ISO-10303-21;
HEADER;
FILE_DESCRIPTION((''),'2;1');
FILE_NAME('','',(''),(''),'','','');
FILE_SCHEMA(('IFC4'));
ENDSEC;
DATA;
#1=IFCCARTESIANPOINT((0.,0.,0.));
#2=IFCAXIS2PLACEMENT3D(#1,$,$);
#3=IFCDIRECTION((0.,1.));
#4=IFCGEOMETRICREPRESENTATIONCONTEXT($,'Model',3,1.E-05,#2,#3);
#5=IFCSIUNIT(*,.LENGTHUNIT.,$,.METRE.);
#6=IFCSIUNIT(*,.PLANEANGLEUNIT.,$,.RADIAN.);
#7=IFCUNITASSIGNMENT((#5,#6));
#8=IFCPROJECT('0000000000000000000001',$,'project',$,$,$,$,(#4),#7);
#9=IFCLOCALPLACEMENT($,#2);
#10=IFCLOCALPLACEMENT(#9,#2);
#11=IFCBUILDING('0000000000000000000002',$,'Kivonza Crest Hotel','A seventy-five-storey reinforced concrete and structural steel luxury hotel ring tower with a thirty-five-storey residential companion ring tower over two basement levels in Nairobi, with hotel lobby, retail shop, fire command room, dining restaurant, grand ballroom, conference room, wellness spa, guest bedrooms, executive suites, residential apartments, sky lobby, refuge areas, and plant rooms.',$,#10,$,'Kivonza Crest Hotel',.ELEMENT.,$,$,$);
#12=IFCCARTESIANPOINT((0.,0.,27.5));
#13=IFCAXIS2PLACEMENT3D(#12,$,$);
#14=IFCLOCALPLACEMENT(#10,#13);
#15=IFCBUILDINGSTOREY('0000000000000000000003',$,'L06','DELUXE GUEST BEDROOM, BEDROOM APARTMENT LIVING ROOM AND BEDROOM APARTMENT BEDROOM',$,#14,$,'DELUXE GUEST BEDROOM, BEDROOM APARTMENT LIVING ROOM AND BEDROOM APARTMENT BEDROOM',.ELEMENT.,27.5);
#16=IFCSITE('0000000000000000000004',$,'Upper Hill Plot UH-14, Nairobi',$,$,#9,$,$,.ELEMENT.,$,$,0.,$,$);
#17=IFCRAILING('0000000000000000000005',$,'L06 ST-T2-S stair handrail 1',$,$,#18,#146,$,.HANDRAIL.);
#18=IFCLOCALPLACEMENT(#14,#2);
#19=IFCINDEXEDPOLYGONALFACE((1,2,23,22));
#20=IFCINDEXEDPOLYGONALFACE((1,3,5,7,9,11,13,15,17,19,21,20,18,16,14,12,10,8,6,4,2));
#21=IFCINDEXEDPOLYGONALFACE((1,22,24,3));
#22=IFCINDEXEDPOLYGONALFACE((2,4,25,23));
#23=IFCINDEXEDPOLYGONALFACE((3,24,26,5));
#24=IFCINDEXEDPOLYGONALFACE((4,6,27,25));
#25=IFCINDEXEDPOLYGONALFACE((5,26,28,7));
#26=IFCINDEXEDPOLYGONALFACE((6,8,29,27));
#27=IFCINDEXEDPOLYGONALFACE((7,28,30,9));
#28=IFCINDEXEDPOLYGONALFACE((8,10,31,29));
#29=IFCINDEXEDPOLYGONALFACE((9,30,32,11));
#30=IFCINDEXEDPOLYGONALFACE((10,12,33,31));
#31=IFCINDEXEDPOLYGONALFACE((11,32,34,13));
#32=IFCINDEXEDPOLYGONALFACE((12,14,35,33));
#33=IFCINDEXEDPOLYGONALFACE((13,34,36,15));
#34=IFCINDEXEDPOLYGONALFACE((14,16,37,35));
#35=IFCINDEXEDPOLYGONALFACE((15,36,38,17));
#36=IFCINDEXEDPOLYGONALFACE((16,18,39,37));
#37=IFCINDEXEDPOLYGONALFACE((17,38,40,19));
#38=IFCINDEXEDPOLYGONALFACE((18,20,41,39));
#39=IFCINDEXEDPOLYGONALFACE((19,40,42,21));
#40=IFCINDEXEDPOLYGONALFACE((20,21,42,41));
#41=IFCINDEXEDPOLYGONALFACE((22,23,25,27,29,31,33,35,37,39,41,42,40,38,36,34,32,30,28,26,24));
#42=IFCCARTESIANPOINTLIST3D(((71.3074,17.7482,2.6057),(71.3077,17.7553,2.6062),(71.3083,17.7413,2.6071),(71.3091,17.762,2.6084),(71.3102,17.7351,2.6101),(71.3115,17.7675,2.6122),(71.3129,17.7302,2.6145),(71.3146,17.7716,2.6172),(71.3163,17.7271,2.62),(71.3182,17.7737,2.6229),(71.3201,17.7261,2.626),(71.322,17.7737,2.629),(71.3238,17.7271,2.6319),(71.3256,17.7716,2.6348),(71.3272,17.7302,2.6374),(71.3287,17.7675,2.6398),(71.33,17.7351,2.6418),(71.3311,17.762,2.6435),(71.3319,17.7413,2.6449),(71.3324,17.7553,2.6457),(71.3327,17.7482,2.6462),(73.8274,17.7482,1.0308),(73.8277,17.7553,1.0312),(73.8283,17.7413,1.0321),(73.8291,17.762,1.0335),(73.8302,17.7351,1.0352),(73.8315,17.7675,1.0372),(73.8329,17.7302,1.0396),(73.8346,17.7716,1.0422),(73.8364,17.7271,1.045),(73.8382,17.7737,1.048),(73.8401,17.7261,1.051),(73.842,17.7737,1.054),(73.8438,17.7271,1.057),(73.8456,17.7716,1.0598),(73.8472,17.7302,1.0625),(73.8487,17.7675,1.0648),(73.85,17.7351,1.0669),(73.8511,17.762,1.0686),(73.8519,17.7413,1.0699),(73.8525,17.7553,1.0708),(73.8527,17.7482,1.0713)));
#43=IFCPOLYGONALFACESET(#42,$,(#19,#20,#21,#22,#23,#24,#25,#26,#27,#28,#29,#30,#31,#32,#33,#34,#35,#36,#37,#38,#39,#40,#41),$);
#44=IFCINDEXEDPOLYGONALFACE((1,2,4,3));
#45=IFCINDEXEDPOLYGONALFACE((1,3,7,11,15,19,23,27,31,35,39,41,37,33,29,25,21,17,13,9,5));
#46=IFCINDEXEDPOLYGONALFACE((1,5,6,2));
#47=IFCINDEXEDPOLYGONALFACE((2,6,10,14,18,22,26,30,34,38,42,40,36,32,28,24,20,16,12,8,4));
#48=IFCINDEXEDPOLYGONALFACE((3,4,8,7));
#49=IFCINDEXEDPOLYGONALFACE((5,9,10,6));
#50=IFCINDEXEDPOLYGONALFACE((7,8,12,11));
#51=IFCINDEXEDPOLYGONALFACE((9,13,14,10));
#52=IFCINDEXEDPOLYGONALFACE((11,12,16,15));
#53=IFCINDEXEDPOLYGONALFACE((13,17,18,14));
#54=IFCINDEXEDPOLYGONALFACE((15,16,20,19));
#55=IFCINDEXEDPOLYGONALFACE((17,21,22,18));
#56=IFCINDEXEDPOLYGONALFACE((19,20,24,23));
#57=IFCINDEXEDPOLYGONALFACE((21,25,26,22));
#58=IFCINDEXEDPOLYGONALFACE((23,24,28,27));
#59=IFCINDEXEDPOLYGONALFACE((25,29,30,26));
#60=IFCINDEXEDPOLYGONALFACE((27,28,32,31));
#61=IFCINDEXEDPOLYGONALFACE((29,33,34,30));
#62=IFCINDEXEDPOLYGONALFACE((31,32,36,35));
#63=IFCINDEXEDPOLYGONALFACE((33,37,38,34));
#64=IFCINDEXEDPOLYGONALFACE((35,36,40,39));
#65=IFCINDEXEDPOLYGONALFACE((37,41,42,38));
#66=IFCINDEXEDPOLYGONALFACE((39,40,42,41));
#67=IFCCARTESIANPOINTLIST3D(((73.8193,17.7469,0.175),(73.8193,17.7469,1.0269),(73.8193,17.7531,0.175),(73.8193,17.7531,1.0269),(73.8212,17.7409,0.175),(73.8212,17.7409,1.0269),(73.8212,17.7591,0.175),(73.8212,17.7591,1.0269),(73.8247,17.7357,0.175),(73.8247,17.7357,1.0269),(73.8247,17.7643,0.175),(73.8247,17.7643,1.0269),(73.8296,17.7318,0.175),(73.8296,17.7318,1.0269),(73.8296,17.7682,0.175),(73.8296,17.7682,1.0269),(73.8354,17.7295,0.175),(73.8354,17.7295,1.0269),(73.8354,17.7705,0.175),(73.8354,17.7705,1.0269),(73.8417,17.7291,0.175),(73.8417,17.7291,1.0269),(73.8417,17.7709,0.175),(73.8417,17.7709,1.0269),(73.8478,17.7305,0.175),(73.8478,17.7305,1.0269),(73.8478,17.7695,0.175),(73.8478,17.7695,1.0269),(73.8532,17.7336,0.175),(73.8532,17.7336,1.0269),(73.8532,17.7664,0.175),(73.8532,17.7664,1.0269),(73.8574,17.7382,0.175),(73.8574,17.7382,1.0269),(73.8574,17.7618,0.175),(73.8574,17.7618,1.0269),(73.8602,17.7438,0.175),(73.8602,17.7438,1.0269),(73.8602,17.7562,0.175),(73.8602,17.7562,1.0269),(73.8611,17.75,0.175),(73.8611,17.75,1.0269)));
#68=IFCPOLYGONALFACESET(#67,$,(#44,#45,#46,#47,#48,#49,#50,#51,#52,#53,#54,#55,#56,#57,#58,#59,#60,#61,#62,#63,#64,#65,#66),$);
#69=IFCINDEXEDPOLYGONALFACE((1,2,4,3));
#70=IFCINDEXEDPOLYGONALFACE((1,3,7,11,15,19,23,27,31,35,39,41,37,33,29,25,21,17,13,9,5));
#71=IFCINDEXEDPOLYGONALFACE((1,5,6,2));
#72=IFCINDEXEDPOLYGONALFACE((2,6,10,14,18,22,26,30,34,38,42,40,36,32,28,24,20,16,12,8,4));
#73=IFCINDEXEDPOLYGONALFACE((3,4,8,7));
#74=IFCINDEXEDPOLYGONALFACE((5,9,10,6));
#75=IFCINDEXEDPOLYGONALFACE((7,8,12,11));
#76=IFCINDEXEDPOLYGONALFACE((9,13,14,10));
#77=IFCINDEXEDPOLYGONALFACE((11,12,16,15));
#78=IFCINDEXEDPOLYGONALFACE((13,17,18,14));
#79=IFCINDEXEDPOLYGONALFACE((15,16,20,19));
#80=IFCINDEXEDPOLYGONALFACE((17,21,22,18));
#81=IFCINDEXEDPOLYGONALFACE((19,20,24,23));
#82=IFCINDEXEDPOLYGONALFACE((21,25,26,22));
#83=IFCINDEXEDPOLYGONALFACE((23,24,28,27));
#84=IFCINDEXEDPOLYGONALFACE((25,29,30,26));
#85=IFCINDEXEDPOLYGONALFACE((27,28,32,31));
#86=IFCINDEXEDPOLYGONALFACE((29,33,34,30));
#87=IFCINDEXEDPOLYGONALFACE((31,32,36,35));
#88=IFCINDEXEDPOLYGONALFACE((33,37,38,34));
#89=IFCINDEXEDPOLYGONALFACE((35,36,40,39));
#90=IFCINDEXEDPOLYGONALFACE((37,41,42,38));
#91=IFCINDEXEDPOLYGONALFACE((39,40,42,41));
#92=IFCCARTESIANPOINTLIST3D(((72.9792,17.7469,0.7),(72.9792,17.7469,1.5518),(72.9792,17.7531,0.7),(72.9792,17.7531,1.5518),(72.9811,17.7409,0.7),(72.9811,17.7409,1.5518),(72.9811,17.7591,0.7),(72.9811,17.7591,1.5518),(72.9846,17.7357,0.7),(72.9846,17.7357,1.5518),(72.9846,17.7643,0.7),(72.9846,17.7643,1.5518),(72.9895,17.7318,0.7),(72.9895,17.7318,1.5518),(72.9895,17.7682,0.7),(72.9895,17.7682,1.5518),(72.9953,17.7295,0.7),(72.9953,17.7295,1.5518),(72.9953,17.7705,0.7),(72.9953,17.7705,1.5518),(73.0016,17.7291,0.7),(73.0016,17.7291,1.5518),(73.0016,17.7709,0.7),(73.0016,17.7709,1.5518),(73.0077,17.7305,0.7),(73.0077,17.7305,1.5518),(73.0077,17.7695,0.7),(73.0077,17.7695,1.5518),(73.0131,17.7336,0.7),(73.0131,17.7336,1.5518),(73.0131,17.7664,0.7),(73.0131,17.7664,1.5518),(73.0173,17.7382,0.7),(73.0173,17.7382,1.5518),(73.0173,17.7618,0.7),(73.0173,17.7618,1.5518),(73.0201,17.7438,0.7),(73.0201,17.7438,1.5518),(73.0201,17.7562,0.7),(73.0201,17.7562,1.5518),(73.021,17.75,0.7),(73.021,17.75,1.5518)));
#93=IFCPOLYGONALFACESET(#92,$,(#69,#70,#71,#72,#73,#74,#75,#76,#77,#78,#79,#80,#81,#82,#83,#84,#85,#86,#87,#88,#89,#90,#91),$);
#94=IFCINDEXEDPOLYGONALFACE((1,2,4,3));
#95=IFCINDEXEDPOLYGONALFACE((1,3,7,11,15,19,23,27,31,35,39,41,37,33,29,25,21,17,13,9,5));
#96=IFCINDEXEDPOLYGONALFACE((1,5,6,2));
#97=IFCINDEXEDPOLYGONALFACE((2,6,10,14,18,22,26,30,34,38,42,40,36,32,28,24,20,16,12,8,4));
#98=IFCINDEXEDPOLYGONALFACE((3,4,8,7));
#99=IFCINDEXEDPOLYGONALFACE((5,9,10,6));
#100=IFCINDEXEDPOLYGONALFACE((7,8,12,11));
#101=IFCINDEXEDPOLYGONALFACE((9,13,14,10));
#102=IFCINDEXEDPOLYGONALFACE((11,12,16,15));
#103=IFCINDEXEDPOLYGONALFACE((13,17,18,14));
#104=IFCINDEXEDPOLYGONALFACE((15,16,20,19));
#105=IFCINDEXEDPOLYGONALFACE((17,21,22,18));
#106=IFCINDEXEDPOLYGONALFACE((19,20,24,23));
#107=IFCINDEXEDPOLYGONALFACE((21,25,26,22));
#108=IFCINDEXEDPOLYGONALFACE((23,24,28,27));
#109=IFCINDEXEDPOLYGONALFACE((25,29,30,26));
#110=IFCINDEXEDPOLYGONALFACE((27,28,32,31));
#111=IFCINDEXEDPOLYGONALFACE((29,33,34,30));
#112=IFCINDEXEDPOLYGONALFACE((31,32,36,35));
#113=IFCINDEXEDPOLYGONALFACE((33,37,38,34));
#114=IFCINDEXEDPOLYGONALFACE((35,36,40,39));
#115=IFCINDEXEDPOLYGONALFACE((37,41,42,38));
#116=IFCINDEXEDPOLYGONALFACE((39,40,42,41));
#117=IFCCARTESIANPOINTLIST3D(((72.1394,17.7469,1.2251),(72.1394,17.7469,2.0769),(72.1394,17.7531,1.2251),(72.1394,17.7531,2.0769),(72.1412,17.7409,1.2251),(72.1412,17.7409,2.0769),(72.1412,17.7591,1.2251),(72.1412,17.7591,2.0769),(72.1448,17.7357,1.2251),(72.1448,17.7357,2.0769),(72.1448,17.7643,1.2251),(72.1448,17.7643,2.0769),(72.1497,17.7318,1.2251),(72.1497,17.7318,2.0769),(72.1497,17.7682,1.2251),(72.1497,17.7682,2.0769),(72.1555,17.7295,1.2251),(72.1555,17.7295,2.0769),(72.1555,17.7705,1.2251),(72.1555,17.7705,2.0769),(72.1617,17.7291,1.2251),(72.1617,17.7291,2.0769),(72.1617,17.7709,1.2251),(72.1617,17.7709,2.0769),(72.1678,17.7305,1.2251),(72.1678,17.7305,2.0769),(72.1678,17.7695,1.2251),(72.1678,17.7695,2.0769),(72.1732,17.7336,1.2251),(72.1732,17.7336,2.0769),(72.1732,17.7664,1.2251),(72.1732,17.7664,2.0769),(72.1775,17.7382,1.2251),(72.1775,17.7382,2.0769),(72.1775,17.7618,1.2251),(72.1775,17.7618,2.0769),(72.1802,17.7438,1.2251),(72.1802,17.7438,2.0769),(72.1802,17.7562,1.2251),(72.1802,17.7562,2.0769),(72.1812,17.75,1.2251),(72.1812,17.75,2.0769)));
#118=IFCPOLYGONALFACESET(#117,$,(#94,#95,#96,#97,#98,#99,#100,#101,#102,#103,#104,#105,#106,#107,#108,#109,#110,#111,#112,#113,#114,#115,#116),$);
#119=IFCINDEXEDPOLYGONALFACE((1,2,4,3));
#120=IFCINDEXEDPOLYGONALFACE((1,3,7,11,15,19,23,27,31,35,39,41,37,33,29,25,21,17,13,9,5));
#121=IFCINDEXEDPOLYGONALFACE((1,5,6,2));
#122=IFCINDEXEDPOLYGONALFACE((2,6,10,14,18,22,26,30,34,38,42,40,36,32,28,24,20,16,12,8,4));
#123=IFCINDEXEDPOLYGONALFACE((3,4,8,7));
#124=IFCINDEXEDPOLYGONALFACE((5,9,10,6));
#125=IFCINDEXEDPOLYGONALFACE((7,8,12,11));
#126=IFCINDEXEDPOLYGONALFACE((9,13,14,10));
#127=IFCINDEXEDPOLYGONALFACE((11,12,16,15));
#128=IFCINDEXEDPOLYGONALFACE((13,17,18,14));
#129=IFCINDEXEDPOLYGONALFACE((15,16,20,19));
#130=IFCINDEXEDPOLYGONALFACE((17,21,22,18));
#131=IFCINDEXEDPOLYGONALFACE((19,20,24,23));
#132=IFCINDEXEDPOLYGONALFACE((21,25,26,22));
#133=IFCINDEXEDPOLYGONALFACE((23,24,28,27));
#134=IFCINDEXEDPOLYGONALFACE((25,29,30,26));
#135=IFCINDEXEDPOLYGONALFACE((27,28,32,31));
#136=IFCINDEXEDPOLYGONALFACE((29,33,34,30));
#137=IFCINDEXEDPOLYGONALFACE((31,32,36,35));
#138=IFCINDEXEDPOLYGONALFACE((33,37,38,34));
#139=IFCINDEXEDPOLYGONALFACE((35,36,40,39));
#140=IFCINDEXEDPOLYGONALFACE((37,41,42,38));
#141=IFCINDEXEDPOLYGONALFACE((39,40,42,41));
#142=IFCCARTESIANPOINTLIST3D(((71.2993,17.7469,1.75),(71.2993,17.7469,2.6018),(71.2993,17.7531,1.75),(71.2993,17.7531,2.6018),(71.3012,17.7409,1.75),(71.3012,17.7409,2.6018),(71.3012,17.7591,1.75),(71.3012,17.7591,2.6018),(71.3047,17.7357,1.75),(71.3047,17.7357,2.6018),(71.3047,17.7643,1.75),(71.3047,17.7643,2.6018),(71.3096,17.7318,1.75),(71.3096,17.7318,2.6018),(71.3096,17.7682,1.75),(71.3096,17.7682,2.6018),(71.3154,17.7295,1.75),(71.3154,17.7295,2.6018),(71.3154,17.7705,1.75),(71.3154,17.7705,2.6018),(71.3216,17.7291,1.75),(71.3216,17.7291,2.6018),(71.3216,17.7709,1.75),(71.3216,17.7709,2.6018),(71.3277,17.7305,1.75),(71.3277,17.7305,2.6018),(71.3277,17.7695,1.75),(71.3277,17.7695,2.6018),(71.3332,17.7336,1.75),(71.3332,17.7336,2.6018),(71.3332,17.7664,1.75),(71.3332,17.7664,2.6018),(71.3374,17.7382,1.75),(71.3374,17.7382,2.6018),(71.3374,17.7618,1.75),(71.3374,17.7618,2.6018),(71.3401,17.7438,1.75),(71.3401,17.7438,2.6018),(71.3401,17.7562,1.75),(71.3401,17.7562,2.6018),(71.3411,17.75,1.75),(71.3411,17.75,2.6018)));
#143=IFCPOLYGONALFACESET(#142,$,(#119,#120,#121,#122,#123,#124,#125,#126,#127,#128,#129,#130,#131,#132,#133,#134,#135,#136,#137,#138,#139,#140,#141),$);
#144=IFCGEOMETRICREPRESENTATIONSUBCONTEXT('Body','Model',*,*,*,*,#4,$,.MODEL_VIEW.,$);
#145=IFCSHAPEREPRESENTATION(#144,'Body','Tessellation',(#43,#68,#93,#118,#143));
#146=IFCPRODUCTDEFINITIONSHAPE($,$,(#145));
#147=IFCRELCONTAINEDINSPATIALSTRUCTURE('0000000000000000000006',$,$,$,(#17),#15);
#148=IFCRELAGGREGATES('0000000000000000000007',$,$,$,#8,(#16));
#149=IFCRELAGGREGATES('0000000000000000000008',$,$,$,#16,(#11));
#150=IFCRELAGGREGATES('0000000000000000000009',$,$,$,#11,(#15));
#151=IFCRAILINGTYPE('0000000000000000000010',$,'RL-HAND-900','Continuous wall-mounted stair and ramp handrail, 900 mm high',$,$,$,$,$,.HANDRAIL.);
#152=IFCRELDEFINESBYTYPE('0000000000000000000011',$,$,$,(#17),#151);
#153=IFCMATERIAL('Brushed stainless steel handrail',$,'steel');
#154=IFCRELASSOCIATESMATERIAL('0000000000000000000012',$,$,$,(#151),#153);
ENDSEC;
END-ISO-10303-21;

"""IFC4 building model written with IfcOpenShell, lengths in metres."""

from ifc_helpers import new_model, si_unit, direction, frame, origin, origin_2d, place, context, subcontext, project, spatial, circle, extrude, material, type_object, element, save


model = new_model("IFC4")

# Units and contexts
model_context = context("Model", 3, precision=1e-05, world=origin(), true_north=direction((0.0, 1.0)))
body_context = subcontext(model_context, "Body", "Model", "MODEL_VIEW")
ifc_project = project(units=[si_unit("LENGTHUNIT", "METRE"), si_unit("PLANEANGLEUNIT", "RADIAN")], contexts=[model_context])

# Site, building, storey
site_placement = place(None, origin())
site = spatial("IfcSite", under=ifc_project, at=site_placement, Name="Upper Hill Plot UH-14, Nairobi", CompositionType="ELEMENT", RefElevation=0.0)
building_placement = place(site_placement, origin())
building = spatial("IfcBuilding", under=site, at=building_placement, Name="Kivonza Crest Hotel", Description="A seventy-five-storey reinforced concrete and structural steel luxury hotel ring tower with a thirty-five-storey residential companion ring tower over two basement levels in Nairobi, with hotel lobby, retail shop, fire command room, dining restaurant, grand ballroom, conference room, wellness spa, guest bedrooms, executive suites, residential apartments, sky lobby, refuge areas, and plant rooms.", LongName="Kivonza Crest Hotel", CompositionType="ELEMENT")
storey_placement = place(building_placement, frame((0.0, 0.0, 27.5)))
storey = spatial("IfcBuildingStorey", under=building, at=storey_placement, Name="L06", Description="DELUXE GUEST BEDROOM, BEDROOM APARTMENT LIVING ROOM AND BEDROOM APARTMENT BEDROOM", LongName="DELUXE GUEST BEDROOM, BEDROOM APARTMENT LIVING ROOM AND BEDROOM APARTMENT BEDROOM", CompositionType="ELEMENT", Elevation=27.5)

# Railing
ifc_material_1 = material(Name="Brushed stainless steel handrail", Category="steel")
railing_type_1 = type_object("IfcRailingType", Name="RL-HAND-900", Description="Continuous wall-mounted stair and ramp handrail, 900 mm high", PredefinedType="HANDRAIL", material=ifc_material_1)
railing_1_placement = place(storey_placement, frame((73.8401, 17.75, 0.175)))
element("IfcRailing", 1, at=railing_1_placement, inside=storey, type_object=railing_type_1, Name="L06 ST-T2-S stair handrail 1", PredefinedType="HANDRAIL", context=body_context, shape_type="SweptSolid", body=[
    extrude(circle(Radius=0.0239, at=origin_2d()), frame((0.0, 0.0, 0.876), z_axis=(-0.848008, 0.0, 0.529984), x_axis=(0.0, -1.0, 0.0)), (0.0, 0.0, 1.0), 2.9717),
    extrude(circle(Radius=0.021, at=origin_2d()), origin(), (0.0, 0.0, 1.0), 0.8518),
    extrude(circle(Radius=0.021, at=origin_2d()), frame((-0.8401, 0.0, 0.5249)), (0.0, 0.0, 1.0), 0.8518),
    extrude(circle(Radius=0.021, at=origin_2d()), frame((-1.6799, 0.0, 1.05)), (0.0, 0.0, 1.0), 0.8518),
    extrude(circle(Radius=0.021, at=origin_2d()), frame((-2.52, 0.0, 1.575)), (0.0, 0.0, 1.0), 0.8518),
])

save(model, "model.ifc")
